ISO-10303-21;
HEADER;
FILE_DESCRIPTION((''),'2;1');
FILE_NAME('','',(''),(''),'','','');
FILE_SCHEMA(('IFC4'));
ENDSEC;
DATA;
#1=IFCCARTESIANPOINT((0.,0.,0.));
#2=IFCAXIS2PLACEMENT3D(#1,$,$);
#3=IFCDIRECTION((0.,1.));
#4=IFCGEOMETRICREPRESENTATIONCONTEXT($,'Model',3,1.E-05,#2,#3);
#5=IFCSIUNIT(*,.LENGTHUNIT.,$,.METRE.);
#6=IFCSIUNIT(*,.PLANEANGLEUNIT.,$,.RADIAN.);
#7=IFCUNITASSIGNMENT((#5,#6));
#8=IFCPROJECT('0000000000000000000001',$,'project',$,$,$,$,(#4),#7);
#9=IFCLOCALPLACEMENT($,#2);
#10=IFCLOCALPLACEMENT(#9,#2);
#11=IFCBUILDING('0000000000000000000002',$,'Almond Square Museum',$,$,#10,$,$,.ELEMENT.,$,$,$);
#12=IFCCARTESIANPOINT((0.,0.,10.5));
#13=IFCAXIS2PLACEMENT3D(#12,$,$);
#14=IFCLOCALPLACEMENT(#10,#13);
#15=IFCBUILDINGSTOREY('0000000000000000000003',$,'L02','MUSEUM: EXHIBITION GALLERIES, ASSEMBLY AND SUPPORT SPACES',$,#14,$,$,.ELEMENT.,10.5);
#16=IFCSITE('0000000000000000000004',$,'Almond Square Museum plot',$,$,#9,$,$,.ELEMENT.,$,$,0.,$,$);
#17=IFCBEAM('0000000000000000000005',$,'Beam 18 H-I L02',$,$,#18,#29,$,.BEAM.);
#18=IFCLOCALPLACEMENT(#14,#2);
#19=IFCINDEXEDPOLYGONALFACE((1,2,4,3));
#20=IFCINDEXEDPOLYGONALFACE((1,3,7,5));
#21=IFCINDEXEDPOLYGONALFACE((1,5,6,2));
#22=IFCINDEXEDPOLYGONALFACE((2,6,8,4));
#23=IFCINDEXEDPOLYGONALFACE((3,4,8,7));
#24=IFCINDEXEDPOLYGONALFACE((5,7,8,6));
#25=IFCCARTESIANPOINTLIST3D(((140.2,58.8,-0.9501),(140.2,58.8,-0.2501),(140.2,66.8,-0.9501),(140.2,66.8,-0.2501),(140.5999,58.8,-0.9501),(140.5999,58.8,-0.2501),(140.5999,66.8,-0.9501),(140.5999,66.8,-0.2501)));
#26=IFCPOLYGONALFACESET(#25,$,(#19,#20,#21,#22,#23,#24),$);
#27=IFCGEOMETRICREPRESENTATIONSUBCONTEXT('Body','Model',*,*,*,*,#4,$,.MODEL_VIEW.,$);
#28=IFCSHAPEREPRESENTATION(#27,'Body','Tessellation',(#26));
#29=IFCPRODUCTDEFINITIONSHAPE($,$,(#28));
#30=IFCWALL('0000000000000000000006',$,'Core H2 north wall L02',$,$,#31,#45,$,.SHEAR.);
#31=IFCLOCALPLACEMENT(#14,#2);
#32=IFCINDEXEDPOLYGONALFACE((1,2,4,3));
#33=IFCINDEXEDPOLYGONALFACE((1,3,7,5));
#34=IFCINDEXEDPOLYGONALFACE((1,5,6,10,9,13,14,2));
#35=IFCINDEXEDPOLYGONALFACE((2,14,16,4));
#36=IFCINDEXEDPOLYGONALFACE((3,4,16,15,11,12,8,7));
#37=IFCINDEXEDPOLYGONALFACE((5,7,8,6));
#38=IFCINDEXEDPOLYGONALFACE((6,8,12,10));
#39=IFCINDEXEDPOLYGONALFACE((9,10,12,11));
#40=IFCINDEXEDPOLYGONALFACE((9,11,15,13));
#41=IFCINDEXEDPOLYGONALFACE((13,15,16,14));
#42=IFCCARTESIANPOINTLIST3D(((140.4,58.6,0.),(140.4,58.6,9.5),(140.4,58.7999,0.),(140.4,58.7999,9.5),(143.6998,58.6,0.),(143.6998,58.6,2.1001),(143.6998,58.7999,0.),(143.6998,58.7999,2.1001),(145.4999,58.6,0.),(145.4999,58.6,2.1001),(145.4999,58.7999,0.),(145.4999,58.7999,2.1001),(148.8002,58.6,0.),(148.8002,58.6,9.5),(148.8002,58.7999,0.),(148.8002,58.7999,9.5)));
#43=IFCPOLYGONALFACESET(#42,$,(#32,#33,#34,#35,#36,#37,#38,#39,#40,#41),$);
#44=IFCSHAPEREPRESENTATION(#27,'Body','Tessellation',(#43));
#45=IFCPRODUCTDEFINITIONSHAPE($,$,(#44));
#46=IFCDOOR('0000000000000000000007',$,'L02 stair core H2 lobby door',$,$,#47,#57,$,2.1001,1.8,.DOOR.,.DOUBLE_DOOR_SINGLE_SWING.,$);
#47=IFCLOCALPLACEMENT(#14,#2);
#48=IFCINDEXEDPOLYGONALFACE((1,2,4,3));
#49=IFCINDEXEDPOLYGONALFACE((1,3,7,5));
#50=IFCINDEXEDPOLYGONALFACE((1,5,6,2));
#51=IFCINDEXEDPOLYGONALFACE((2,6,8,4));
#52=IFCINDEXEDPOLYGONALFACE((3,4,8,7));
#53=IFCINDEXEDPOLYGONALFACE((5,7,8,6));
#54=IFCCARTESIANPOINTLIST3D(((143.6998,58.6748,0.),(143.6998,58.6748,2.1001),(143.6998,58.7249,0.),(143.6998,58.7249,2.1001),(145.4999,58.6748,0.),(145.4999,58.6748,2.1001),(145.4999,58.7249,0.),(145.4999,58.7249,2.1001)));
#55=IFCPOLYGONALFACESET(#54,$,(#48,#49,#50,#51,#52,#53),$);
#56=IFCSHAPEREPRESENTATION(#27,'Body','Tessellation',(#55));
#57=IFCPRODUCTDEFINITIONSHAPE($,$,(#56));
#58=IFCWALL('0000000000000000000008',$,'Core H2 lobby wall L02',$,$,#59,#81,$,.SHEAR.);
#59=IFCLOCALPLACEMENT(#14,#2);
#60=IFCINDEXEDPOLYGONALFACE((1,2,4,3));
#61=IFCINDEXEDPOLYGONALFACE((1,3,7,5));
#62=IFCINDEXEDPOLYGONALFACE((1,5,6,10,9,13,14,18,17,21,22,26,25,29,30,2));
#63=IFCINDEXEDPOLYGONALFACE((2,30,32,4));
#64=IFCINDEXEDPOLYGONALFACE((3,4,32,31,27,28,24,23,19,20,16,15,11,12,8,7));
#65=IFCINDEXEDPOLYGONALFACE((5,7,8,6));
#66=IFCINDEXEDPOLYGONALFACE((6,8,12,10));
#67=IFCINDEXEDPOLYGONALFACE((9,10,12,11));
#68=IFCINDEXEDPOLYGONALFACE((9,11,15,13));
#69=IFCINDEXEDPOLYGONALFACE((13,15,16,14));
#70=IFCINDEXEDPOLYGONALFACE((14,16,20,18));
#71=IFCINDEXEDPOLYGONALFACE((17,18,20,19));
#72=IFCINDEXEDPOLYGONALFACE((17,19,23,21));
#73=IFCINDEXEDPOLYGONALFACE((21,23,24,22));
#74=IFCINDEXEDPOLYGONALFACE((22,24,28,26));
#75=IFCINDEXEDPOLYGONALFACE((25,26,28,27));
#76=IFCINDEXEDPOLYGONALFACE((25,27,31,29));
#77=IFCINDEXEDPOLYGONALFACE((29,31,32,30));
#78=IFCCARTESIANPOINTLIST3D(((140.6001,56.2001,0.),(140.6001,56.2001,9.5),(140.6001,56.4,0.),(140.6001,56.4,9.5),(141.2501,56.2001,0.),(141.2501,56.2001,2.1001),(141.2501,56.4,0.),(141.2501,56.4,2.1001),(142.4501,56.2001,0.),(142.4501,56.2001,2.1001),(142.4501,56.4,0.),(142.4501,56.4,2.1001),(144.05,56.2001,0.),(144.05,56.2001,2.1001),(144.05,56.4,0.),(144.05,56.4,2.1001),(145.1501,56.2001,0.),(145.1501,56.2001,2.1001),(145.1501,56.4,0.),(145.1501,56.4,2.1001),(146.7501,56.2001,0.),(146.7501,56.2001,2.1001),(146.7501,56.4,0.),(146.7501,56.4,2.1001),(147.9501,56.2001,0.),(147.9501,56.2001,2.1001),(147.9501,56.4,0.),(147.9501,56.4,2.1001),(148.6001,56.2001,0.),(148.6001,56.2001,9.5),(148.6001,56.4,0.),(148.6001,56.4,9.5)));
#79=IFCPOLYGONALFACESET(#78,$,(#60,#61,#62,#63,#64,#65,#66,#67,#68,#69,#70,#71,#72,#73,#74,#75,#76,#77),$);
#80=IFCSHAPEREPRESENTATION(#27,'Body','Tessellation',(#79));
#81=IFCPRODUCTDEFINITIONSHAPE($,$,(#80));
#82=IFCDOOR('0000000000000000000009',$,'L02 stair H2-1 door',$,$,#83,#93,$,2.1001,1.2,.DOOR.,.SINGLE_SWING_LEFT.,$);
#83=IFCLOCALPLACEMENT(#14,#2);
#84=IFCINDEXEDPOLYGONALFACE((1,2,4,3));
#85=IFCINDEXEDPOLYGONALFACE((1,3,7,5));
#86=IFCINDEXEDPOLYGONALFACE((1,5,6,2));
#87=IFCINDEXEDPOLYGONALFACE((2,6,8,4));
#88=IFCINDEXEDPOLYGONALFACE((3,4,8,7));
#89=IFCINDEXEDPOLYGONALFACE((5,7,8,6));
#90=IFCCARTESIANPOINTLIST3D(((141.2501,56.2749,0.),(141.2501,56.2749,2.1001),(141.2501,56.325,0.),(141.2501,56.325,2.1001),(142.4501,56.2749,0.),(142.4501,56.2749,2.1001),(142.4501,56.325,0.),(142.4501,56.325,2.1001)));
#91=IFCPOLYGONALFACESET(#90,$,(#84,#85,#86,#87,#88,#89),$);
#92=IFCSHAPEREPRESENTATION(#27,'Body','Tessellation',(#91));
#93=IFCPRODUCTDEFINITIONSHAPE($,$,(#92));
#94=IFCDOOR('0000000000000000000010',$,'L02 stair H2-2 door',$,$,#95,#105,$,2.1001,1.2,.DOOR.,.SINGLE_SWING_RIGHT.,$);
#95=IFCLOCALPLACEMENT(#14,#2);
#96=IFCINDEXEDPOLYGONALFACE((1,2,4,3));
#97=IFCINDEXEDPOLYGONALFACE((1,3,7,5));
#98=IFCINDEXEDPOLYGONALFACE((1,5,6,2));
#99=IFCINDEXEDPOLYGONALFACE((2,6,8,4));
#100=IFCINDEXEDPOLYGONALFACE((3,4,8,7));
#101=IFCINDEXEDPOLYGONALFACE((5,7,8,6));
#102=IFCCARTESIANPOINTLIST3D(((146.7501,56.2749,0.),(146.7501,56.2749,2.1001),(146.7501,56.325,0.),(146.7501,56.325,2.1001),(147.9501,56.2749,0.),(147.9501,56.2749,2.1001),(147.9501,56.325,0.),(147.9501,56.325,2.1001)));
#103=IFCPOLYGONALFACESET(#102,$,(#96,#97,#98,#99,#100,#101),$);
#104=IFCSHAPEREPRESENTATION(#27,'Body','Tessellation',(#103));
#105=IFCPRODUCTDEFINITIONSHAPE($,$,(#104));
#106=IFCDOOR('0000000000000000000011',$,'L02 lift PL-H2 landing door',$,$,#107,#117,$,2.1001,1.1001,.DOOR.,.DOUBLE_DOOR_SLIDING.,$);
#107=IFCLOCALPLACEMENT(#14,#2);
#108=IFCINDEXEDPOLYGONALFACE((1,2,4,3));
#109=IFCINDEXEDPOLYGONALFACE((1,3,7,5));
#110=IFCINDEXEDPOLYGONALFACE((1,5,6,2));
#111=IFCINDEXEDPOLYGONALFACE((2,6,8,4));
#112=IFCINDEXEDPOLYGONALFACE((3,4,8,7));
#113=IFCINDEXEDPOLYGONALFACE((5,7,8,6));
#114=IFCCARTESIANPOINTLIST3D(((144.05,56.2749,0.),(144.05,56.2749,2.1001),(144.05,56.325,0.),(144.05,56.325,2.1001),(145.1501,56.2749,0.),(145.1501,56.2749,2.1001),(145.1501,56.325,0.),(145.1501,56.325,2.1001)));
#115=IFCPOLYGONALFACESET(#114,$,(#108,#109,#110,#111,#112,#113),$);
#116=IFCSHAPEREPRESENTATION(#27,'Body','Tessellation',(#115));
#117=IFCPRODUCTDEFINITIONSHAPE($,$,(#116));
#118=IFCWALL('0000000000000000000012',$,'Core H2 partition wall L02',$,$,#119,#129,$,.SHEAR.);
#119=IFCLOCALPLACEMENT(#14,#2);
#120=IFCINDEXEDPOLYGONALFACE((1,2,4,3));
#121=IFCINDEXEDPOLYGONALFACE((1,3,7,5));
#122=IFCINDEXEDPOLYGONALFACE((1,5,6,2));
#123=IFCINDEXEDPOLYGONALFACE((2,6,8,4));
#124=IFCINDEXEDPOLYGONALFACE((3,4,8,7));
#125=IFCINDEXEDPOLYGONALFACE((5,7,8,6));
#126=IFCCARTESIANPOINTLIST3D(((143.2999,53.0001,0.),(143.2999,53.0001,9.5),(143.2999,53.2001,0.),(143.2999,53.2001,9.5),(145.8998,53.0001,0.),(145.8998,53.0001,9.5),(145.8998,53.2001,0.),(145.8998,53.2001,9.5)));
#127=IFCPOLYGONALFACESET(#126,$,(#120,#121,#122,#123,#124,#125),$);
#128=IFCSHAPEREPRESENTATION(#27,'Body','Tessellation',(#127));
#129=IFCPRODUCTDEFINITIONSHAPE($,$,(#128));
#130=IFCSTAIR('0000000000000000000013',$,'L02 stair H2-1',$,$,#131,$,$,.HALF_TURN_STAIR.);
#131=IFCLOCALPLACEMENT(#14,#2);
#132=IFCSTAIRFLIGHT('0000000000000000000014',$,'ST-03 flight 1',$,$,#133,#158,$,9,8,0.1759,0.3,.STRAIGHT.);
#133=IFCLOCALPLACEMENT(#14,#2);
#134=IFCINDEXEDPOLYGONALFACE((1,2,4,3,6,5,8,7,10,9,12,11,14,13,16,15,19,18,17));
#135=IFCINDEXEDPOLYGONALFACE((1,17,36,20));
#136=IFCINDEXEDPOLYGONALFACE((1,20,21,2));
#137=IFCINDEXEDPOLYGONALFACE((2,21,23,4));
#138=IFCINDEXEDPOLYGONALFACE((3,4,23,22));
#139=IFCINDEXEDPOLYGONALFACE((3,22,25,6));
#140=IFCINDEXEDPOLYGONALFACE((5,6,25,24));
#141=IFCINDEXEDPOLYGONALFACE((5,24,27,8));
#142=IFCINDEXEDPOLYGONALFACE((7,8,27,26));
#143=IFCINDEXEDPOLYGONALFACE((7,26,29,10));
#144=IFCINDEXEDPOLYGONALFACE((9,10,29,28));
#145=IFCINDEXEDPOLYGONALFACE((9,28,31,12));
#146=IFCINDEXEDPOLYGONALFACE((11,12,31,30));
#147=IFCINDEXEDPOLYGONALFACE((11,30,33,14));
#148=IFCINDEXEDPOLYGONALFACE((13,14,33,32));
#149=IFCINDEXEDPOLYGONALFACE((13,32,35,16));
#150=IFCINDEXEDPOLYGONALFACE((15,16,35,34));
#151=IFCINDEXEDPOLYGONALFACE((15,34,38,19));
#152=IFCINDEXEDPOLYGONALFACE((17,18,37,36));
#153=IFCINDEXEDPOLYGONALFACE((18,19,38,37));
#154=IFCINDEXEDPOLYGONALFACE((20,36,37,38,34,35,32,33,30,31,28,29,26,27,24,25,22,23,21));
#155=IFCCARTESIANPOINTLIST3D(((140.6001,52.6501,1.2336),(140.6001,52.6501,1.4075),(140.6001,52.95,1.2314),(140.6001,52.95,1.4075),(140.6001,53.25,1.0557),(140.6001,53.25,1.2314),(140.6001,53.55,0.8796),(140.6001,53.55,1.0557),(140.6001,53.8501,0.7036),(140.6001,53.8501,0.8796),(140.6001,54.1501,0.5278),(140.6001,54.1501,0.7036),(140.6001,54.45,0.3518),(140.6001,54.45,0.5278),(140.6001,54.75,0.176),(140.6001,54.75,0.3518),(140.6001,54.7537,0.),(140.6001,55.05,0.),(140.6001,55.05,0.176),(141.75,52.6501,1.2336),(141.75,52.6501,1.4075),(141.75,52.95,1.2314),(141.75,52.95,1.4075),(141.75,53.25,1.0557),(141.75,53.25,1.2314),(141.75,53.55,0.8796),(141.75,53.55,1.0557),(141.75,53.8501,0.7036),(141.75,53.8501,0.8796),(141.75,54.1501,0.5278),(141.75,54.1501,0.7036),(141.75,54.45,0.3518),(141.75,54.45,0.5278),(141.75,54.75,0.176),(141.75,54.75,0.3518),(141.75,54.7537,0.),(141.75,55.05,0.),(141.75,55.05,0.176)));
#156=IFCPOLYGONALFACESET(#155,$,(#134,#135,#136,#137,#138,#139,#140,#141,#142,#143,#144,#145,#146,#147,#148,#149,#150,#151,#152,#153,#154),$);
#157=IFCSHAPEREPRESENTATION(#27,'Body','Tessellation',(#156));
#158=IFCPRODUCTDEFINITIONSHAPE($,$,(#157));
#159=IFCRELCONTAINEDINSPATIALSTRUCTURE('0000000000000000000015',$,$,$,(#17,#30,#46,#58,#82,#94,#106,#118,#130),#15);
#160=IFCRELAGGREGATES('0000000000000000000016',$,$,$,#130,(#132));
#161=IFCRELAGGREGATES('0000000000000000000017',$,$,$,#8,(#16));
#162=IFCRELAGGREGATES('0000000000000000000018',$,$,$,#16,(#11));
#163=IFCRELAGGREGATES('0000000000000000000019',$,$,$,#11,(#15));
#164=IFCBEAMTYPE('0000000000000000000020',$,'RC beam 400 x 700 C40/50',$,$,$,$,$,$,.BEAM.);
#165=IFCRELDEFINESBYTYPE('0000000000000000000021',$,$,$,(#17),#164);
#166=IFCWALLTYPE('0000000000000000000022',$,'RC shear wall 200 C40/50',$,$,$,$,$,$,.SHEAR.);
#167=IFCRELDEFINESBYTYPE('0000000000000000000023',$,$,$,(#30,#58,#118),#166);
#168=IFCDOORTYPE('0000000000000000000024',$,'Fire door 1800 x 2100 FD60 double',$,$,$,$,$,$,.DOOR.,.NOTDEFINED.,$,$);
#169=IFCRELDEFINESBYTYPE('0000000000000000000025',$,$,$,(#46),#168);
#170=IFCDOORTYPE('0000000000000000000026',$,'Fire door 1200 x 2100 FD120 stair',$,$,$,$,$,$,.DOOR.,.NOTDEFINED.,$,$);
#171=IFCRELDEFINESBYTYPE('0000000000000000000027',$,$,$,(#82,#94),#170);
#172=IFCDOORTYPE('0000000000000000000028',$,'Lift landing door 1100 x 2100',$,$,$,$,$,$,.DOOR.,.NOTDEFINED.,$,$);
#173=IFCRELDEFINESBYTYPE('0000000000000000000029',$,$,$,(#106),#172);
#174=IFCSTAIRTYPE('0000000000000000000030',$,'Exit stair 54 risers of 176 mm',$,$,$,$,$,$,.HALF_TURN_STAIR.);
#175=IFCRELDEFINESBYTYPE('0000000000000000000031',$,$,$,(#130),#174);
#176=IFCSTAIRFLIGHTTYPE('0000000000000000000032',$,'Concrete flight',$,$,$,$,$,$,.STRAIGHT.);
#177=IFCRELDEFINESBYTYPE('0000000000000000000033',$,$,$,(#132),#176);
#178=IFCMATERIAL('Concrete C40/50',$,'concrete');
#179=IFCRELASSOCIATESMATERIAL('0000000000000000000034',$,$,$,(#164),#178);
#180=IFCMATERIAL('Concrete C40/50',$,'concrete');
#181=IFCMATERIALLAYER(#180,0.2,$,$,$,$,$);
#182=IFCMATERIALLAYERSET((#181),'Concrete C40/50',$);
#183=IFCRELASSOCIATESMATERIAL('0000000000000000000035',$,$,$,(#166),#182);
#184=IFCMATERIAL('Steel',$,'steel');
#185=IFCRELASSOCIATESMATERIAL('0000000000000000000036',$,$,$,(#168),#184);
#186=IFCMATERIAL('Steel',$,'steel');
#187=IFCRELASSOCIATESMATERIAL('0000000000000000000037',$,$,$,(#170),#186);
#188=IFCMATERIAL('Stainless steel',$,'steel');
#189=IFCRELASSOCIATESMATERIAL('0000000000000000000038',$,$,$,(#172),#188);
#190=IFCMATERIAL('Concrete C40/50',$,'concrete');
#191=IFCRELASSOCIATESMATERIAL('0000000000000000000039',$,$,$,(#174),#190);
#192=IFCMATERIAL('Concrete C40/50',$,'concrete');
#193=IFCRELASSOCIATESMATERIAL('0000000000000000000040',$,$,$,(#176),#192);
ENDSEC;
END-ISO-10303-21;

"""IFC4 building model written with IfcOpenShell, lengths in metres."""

from ifc_helpers import new_model, si_unit, direction, frame, frame_2d, origin, origin_2d, place, context, subcontext, project, spatial, polyline, rectangle, outline, extrude, material, layer, layer_set, material_profile, profile_set, type_object, element, fill, aggregate, save


model = new_model("IFC4")

# Units and contexts
model_context = context("Model", 3, precision=1e-05, world=origin(), true_north=direction((0.0, 1.0)))
body_context = subcontext(model_context, "Body", "Model", "MODEL_VIEW")
ifc_project = project(units=[si_unit("LENGTHUNIT", "METRE"), si_unit("PLANEANGLEUNIT", "RADIAN")], contexts=[model_context])

# Site, building, storey
site_placement = place(None, origin())
site = spatial("IfcSite", under=ifc_project, at=site_placement, Name="Almond Square Museum plot", CompositionType="ELEMENT", RefElevation=0.0)
building_placement = place(site_placement, origin())
building = spatial("IfcBuilding", under=site, at=building_placement, Name="Almond Square Museum", CompositionType="ELEMENT")
storey_placement = place(building_placement, frame((0.0, 0.0, 10.5)))
storey = spatial("IfcBuildingStorey", under=building, at=storey_placement, Name="L02", Description="MUSEUM: EXHIBITION GALLERIES, ASSEMBLY AND SUPPORT SPACES", CompositionType="ELEMENT", Elevation=10.5)

# Beam
ifc_material_1 = material(Name="Concrete C40/50", Category="concrete")
ifc_material_profile = material_profile(ifc_material_1, rectangle(XDim=0.3999, YDim=0.7, at=origin_2d()))
ifc_profile_set = profile_set([ifc_material_profile], Name="Concrete C40/50")
beam_type = type_object("IfcBeamType", Name="RC beam 400 x 700 C40/50", PredefinedType="BEAM", material=ifc_profile_set)
beam_placement = place(storey_placement, frame((140.3999, 58.8, -0.6001), z_axis=(0.0, 1.0, 0.0), x_axis=(-1.0, 0.0, 0.0)))
element("IfcBeam", 1, at=beam_placement, inside=storey, type_object=beam_type, Name="Beam 18 H-I L02", PredefinedType="BEAM", context=body_context, shape_type="SweptSolid", body=[
    extrude(rectangle(XDim=0.3999, YDim=0.7, at=origin_2d()), origin(), (0.0, 0.0, 1.0), 8.0),
])

# Wall, opening, door
ifc_material_2 = material(Name="Concrete C40/50", Category="concrete")
ifc_layer = layer(ifc_material_2, 0.2)
ifc_layer_set = layer_set([ifc_layer], Name="Concrete C40/50")
wall_type = type_object("IfcWallType", Name="RC shear wall 200 C40/50", PredefinedType="SHEAR", material=ifc_layer_set)
wall_1_placement = place(storey_placement, frame((140.3999, 58.7, 0.0), z_axis=(0.0, 0.0, 1.0), x_axis=(1.0, 0.0, 0.0)))
wall_1 = element("IfcWall", 2, at=wall_1_placement, inside=storey, type_object=wall_type, Name="Core H2 north wall L02", PredefinedType="SHEAR", context=body_context, shape_type="SweptSolid", body=[
    extrude(rectangle(XDim=8.4001, YDim=0.2, at=frame_2d((4.2002, 0.0))), origin(), (0.0, 0.0, 1.0), 9.5),
])
opening_1_placement = place(wall_1_placement, frame((3.3, 0.0, 0.0)))
opening_1 = element("IfcOpeningElement", 3, at=opening_1_placement, cuts=wall_1, PredefinedType="OPENING", context=body_context, shape_type="SweptSolid", body=[
    extrude(rectangle(XDim=1.8, YDim=2.1001, at=frame_2d((0.8999, 1.05))), frame((0.0, 0.1099, 0.0), z_axis=(0.0, -1.0, 0.0), x_axis=(1.0, 0.0, 0.0)), (0.0, 0.0, 1.0), 0.22),
])
ifc_material_3 = material(Name="Steel", Category="steel")
door_type_1 = type_object("IfcDoorType", Name="Fire door 1800 x 2100 FD60 double", OperationType="NOTDEFINED", PredefinedType="DOOR", material=ifc_material_3)
door_1_placement = place(opening_1_placement, origin())
door_1 = element("IfcDoor", 4, at=door_1_placement, inside=storey, type_object=door_type_1, Name="L02 stair core H2 lobby door", OperationType="DOUBLE_DOOR_SINGLE_SWING", OverallHeight=2.1001, OverallWidth=1.8, PredefinedType="DOOR", context=body_context, shape_type="SweptSolid", body=[
    extrude(rectangle(XDim=1.8, YDim=2.1001, at=frame_2d((0.8999, 1.05))), frame((0.0, 0.0249, 0.0), z_axis=(0.0, -1.0, 0.0), x_axis=(1.0, 0.0, 0.0)), (0.0, 0.0, 1.0), 0.05),
])
fill(opening_1, door_1)

# Wall, openings, doors
wall_2_placement = place(storey_placement, frame((140.6001, 56.3, 0.0), z_axis=(0.0, 0.0, 1.0), x_axis=(1.0, 0.0, 0.0)))
wall_2 = element("IfcWall", 5, at=wall_2_placement, inside=storey, type_object=wall_type, Name="Core H2 lobby wall L02", PredefinedType="SHEAR", context=body_context, shape_type="SweptSolid", body=[
    extrude(rectangle(XDim=8.0, YDim=0.2, at=frame_2d((4.0, 0.0))), origin(), (0.0, 0.0, 1.0), 9.5),
])
opening_2_placement = place(wall_2_placement, frame((0.6499, 0.0, 0.0)))
opening_2 = element("IfcOpeningElement", 6, at=opening_2_placement, cuts=wall_2, PredefinedType="OPENING", context=body_context, shape_type="SweptSolid", body=[
    extrude(rectangle(XDim=1.2, YDim=2.1001, at=frame_2d((0.6001, 1.05))), frame((0.0, 0.1099, 0.0), z_axis=(0.0, -1.0, 0.0), x_axis=(1.0, 0.0, 0.0)), (0.0, 0.0, 1.0), 0.22),
])
opening_3_placement = place(wall_2_placement, frame((6.1499, 0.0, 0.0)))
opening_3 = element("IfcOpeningElement", 7, at=opening_3_placement, cuts=wall_2, PredefinedType="OPENING", context=body_context, shape_type="SweptSolid", body=[
    extrude(rectangle(XDim=1.2, YDim=2.1001, at=frame_2d((0.6001, 1.05))), frame((0.0, 0.1099, 0.0), z_axis=(0.0, -1.0, 0.0), x_axis=(1.0, 0.0, 0.0)), (0.0, 0.0, 1.0), 0.22),
])
opening_4_placement = place(wall_2_placement, frame((3.45, 0.0, 0.0)))
opening_4 = element("IfcOpeningElement", 8, at=opening_4_placement, cuts=wall_2, PredefinedType="OPENING", context=body_context, shape_type="SweptSolid", body=[
    extrude(rectangle(XDim=1.1001, YDim=2.1001, at=frame_2d((0.55, 1.05))), frame((0.0, 0.1099, 0.0), z_axis=(0.0, -1.0, 0.0), x_axis=(1.0, 0.0, 0.0)), (0.0, 0.0, 1.0), 0.22),
])
ifc_material_4 = material(Name="Steel", Category="steel")
door_type_2 = type_object("IfcDoorType", Name="Fire door 1200 x 2100 FD120 stair", OperationType="NOTDEFINED", PredefinedType="DOOR", material=ifc_material_4)
door_2_placement = place(opening_2_placement, origin())
door_2 = element("IfcDoor", 9, at=door_2_placement, inside=storey, type_object=door_type_2, Name="L02 stair H2-1 door", OperationType="SINGLE_SWING_LEFT", OverallHeight=2.1001, OverallWidth=1.2, PredefinedType="DOOR", context=body_context, shape_type="SweptSolid", body=[
    extrude(rectangle(XDim=1.2, YDim=2.1001, at=frame_2d((0.6001, 1.05))), frame((0.0, 0.0249, 0.0), z_axis=(0.0, -1.0, 0.0), x_axis=(1.0, 0.0, 0.0)), (0.0, 0.0, 1.0), 0.05),
])
fill(opening_2, door_2)
door_3_placement = place(opening_3_placement, origin())
door_3 = element("IfcDoor", 10, at=door_3_placement, inside=storey, type_object=door_type_2, Name="L02 stair H2-2 door", OperationType="SINGLE_SWING_RIGHT", OverallHeight=2.1001, OverallWidth=1.2, PredefinedType="DOOR", context=body_context, shape_type="SweptSolid", body=[
    extrude(rectangle(XDim=1.2, YDim=2.1001, at=frame_2d((0.6001, 1.05))), frame((0.0, 0.0249, 0.0), z_axis=(0.0, -1.0, 0.0), x_axis=(1.0, 0.0, 0.0)), (0.0, 0.0, 1.0), 0.05),
])
fill(opening_3, door_3)
ifc_material_5 = material(Name="Stainless steel", Category="steel")
door_type_3 = type_object("IfcDoorType", Name="Lift landing door 1100 x 2100", OperationType="NOTDEFINED", PredefinedType="DOOR", material=ifc_material_5)
door_4_placement = place(opening_4_placement, origin())
door_4 = element("IfcDoor", 11, at=door_4_placement, inside=storey, type_object=door_type_3, Name="L02 lift PL-H2 landing door", OperationType="DOUBLE_DOOR_SLIDING", OverallHeight=2.1001, OverallWidth=1.1001, PredefinedType="DOOR", context=body_context, shape_type="SweptSolid", body=[
    extrude(rectangle(XDim=1.1001, YDim=2.1001, at=frame_2d((0.55, 1.05))), frame((0.0, 0.0249, 0.0), z_axis=(0.0, -1.0, 0.0), x_axis=(1.0, 0.0, 0.0)), (0.0, 0.0, 1.0), 0.05),
])
fill(opening_4, door_4)

# Wall
wall_3_placement = place(storey_placement, frame((143.3, 53.1001, 0.0), z_axis=(0.0, 0.0, 1.0), x_axis=(1.0, 0.0, 0.0)))
element("IfcWall", 12, at=wall_3_placement, inside=storey, type_object=wall_type, Name="Core H2 partition wall L02", PredefinedType="SHEAR", context=body_context, shape_type="SweptSolid", body=[
    extrude(rectangle(XDim=2.5999, YDim=0.2, at=frame_2d((1.2998, 0.0))), origin(), (0.0, 0.0, 1.0), 9.5),
])

# Stair, stair flight
ifc_material_6 = material(Name="Concrete C40/50", Category="concrete")
stair_type = type_object("IfcStairType", Name="Exit stair 54 risers of 176 mm", PredefinedType="HALF_TURN_STAIR", material=ifc_material_6)
stair_placement = place(storey_placement, origin())
stair = element("IfcStair", 13, at=stair_placement, inside=storey, type_object=stair_type, Name="L02 stair H2-1", PredefinedType="HALF_TURN_STAIR")
ifc_material_7 = material(Name="Concrete C40/50", Category="concrete")
stair_flight_type = type_object("IfcStairFlightType", Name="Concrete flight", PredefinedType="STRAIGHT", material=ifc_material_7)
stair_flight_1_placement = place(storey_placement, frame((141.175, 55.05, 0.0), z_axis=(0.0, 0.0, 1.0), x_axis=(0.0, -1.0, 0.0)))
stair_flight_1 = element("IfcStairFlight", 14, at=stair_flight_1_placement, type_object=stair_flight_type, Name="ST-03 flight 1", NumberOfRisers=9, NumberOfTreads=8, PredefinedType="STRAIGHT", RiserHeight=0.1759, TreadLength=0.3, context=body_context, shape_type="SweptSolid", body=[
    extrude(outline(polyline([(0.0, 0.0), (0.0, 0.176), (0.3, 0.176), (0.3, 0.3518), (0.6001, 0.3518), (0.6001, 0.5278), (0.8999, 0.5278), (0.8999, 0.7036), (1.2, 0.7036), (1.2, 0.8796), (1.5, 0.8796), (1.5, 1.0557), (1.8, 1.0557), (1.8, 1.2314), (2.1001, 1.2314), (2.1001, 1.4075), (2.3999, 1.4075), (2.3999, 1.5833), (2.3999, 1.2336), (0.2964, 0.0), (0.0, 0.0)])), frame((0.0, 0.575, 0.0), z_axis=(0.0, -1.0, 0.0), x_axis=(1.0, 0.0, 0.0)), (0.0, 0.0, 1.0), 1.1499),
])
aggregate(stair, [stair_flight_1])

save(model, "model.ifc")
